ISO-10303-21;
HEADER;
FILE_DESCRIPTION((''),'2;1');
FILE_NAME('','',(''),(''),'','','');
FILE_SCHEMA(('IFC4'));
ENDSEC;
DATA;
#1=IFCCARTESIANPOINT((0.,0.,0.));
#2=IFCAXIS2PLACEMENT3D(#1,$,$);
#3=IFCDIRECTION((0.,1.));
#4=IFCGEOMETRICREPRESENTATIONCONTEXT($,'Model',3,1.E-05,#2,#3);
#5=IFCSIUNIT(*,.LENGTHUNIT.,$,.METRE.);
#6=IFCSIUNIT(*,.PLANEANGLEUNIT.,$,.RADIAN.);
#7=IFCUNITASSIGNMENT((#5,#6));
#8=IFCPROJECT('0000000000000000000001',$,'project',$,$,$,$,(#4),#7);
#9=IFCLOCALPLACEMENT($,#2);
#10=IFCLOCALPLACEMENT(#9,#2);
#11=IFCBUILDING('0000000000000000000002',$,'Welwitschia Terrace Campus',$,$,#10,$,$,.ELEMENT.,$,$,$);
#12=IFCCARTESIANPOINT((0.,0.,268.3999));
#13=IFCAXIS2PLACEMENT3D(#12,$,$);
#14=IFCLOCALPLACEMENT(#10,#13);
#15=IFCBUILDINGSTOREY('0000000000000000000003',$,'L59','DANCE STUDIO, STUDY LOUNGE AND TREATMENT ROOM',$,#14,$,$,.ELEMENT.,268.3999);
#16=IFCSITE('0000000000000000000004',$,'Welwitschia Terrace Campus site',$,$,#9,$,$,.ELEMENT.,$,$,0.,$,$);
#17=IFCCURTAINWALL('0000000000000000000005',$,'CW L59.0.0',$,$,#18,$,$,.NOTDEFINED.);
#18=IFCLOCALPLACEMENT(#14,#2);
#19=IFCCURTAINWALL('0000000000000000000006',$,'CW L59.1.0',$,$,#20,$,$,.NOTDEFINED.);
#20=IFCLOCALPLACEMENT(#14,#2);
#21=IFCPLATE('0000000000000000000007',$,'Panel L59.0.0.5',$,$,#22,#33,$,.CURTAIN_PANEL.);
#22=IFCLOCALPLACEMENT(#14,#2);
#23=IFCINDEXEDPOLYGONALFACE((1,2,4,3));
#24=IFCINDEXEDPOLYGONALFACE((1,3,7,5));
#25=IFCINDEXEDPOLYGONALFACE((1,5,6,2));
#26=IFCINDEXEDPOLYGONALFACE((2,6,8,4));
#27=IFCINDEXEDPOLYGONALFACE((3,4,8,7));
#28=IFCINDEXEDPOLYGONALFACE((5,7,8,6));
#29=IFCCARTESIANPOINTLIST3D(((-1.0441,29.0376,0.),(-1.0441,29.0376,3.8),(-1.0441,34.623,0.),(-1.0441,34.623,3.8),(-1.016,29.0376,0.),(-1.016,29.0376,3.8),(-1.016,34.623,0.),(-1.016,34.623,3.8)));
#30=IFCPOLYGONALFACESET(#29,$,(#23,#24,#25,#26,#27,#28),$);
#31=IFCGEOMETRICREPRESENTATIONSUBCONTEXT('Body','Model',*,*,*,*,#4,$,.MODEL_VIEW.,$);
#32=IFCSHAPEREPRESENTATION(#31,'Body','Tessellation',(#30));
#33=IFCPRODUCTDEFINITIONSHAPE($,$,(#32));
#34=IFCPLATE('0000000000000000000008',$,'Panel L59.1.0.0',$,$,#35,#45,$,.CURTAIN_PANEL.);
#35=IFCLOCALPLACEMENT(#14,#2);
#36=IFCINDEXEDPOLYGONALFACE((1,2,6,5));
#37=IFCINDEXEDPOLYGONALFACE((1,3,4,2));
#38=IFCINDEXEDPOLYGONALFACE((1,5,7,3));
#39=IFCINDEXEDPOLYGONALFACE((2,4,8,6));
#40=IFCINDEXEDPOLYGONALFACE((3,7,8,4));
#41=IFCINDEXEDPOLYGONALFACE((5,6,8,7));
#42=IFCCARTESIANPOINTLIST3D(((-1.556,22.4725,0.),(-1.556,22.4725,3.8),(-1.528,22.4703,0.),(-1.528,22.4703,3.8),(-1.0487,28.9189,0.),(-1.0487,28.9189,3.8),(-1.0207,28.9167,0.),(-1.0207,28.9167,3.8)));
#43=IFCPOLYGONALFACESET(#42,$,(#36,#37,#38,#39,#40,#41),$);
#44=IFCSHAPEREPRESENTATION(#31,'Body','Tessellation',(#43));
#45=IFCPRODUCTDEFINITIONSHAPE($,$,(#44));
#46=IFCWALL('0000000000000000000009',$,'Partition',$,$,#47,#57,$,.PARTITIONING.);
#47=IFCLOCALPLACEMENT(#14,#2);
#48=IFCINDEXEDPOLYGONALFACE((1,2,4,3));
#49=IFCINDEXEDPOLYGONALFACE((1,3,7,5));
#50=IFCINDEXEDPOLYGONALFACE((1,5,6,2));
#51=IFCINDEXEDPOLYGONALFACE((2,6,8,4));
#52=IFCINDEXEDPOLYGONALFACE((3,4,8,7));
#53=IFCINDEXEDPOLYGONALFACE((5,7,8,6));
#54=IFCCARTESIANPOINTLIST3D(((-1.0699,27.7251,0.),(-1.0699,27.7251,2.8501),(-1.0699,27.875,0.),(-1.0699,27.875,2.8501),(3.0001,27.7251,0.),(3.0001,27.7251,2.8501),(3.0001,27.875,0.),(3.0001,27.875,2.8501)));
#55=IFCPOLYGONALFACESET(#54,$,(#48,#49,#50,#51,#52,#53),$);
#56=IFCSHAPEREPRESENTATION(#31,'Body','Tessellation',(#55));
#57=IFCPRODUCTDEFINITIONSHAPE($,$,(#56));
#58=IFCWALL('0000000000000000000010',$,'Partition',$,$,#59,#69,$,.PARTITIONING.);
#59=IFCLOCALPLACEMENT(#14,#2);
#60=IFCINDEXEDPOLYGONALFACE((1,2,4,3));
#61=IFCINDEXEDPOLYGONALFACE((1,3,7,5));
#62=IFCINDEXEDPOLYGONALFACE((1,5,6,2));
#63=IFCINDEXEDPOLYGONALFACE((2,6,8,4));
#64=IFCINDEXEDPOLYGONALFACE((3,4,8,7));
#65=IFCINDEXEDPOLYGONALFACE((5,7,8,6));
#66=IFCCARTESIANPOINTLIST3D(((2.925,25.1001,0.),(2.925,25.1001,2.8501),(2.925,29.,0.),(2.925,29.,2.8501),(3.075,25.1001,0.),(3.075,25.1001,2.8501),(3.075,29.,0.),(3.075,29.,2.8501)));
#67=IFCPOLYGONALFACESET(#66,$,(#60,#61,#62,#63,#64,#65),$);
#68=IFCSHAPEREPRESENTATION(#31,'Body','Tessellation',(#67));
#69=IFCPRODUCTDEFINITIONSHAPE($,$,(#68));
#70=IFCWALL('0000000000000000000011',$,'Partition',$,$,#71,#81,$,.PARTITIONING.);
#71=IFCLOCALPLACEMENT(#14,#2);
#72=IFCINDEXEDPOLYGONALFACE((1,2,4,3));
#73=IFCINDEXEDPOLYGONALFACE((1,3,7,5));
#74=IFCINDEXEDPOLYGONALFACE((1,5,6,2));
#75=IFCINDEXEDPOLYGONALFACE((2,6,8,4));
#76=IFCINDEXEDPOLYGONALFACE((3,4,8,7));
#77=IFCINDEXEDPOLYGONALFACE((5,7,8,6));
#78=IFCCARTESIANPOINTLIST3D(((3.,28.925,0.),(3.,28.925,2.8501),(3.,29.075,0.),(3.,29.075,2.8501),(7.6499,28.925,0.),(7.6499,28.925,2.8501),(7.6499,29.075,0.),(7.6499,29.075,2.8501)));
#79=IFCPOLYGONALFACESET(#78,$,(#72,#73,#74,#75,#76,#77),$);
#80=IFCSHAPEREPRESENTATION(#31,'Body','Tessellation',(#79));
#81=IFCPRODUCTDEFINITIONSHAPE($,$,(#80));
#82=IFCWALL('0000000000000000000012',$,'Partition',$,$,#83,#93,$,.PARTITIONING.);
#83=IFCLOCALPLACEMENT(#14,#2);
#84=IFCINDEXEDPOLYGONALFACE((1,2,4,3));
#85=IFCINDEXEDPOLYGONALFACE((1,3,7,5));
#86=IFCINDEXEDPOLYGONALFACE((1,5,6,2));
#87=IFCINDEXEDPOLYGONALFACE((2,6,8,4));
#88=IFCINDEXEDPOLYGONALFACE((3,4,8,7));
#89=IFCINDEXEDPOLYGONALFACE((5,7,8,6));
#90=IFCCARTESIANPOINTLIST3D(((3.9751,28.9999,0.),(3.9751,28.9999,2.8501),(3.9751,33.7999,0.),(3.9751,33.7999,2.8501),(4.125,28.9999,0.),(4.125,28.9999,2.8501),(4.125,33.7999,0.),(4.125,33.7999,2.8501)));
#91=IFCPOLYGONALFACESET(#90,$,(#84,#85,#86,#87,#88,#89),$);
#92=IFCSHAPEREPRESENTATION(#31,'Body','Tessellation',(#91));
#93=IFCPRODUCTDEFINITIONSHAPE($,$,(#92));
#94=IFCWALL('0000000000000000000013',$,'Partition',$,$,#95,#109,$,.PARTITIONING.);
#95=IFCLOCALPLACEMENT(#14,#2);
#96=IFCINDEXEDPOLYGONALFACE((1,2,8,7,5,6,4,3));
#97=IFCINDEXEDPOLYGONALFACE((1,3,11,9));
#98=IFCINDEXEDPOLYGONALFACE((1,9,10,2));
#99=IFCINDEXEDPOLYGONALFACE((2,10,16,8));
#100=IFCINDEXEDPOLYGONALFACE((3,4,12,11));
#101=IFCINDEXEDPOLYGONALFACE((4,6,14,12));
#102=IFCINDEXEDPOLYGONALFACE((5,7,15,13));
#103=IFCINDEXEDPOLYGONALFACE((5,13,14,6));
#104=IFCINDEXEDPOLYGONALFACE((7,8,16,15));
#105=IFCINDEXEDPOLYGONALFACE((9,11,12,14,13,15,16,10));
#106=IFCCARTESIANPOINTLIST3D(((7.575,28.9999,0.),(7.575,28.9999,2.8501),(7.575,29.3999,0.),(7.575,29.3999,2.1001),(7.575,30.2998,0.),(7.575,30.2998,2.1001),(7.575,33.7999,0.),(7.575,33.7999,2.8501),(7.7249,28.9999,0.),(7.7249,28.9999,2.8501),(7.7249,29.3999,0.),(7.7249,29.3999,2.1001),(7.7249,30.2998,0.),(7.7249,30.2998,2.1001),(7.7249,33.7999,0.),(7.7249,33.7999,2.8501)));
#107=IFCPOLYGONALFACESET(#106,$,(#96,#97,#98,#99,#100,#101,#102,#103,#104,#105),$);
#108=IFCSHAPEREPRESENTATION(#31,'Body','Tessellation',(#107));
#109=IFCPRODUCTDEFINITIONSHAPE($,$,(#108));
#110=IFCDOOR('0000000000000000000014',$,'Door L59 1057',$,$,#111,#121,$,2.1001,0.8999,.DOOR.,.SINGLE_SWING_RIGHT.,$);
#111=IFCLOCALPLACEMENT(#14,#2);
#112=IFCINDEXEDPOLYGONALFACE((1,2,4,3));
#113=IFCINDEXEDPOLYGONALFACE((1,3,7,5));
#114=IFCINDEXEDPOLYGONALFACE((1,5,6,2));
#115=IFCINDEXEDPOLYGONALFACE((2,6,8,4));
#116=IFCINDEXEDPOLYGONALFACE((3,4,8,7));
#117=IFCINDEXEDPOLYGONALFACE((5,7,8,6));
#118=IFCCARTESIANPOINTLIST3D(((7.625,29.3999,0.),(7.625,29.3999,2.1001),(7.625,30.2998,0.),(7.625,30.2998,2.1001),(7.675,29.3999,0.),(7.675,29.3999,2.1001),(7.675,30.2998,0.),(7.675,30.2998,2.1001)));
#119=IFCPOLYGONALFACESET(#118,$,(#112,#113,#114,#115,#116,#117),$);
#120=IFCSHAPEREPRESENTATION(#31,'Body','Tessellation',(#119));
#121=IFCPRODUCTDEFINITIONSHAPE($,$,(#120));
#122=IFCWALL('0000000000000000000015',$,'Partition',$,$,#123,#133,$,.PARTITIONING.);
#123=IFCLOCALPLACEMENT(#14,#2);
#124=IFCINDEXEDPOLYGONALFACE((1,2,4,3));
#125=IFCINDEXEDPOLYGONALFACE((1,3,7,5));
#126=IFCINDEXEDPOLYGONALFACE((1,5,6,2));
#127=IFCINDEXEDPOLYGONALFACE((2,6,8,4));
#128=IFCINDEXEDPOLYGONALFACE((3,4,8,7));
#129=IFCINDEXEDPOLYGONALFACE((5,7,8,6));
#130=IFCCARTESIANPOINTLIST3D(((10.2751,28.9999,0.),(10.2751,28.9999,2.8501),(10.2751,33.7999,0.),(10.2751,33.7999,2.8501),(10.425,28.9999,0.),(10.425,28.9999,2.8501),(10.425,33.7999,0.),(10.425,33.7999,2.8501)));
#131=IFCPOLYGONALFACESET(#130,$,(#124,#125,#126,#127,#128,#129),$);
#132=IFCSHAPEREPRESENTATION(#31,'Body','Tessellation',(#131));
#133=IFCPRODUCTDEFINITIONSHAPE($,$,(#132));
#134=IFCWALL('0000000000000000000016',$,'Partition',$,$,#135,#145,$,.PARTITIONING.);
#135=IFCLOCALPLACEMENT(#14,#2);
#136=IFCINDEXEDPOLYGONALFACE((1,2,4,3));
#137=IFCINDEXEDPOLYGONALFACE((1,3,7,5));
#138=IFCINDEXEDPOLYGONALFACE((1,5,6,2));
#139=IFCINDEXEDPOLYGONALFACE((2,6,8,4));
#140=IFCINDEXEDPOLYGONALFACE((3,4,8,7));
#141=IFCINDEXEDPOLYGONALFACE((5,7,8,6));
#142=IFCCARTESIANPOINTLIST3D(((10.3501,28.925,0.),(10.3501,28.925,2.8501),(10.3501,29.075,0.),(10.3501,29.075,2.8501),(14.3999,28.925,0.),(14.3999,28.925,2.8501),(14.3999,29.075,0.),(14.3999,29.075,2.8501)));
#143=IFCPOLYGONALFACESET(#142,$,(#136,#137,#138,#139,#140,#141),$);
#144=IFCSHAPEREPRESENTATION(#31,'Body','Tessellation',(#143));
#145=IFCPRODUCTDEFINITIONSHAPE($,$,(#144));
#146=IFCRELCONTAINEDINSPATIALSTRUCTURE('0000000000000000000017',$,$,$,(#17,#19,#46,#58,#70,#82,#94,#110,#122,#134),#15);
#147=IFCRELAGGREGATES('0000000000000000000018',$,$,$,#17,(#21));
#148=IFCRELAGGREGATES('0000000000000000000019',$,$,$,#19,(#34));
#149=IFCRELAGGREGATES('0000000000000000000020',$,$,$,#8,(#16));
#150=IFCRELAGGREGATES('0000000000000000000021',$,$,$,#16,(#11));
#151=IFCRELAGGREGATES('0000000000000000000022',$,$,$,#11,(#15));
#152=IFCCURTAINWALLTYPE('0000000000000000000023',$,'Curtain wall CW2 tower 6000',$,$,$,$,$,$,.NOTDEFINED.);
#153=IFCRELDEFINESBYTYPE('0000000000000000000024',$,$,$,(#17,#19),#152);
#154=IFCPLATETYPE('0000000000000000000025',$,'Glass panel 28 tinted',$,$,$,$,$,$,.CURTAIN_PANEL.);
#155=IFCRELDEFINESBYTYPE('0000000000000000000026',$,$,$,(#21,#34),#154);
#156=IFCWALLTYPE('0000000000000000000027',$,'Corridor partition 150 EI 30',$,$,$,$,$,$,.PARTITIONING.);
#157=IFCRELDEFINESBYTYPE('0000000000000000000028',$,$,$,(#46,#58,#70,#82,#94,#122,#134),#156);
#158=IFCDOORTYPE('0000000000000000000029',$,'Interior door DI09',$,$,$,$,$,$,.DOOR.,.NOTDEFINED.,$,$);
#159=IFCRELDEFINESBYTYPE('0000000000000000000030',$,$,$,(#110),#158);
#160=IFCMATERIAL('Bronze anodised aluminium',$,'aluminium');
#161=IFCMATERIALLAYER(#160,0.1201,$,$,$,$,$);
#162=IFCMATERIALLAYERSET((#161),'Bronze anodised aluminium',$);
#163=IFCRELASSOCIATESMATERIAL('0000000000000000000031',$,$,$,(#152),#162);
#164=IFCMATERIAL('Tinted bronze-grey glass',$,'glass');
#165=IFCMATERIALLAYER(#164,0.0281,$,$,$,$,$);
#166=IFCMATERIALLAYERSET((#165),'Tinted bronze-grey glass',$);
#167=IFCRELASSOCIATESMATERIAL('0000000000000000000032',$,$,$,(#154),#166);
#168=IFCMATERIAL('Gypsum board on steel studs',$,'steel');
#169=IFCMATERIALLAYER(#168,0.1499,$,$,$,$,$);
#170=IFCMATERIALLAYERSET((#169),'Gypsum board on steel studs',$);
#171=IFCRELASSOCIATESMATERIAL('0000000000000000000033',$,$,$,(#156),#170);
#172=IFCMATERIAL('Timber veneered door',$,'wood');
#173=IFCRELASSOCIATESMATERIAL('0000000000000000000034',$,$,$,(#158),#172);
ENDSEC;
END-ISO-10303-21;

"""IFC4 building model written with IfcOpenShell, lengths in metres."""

from ifc_helpers import new_model, si_unit, direction, frame, frame_2d, origin, origin_2d, place, context, subcontext, project, spatial, rectangle, extrude, material, layer, layer_set, type_object, element, fill, aggregate, save


model = new_model("IFC4")

# Units and contexts
model_context = context("Model", 3, precision=1e-05, world=origin(), true_north=direction((0.0, 1.0)))
body_context = subcontext(model_context, "Body", "Model", "MODEL_VIEW")
ifc_project = project(units=[si_unit("LENGTHUNIT", "METRE"), si_unit("PLANEANGLEUNIT", "RADIAN")], contexts=[model_context])

# Site, building, storey
site_placement = place(None, origin())
site = spatial("IfcSite", under=ifc_project, at=site_placement, Name="Welwitschia Terrace Campus site", CompositionType="ELEMENT", RefElevation=0.0)
building_placement = place(site_placement, origin())
building = spatial("IfcBuilding", under=site, at=building_placement, Name="Welwitschia Terrace Campus", CompositionType="ELEMENT")
storey_placement = place(building_placement, frame((0.0, 0.0, 268.3999)))
storey = spatial("IfcBuildingStorey", under=building, at=storey_placement, Name="L59", Description="DANCE STUDIO, STUDY LOUNGE AND TREATMENT ROOM", CompositionType="ELEMENT", Elevation=268.3999)

# Curtain walls
ifc_material_1 = material(Name="Bronze anodised aluminium", Category="aluminium")
ifc_layer_1 = layer(ifc_material_1, 0.1201)
ifc_layer_set_1 = layer_set([ifc_layer_1], Name="Bronze anodised aluminium")
curtain_wall_type = type_object("IfcCurtainWallType", Name="Curtain wall CW2 tower 6000", PredefinedType="NOTDEFINED", material=ifc_layer_set_1)
curtain_wall_1_placement = place(storey_placement, origin())
curtain_wall_1 = element("IfcCurtainWall", 1, at=curtain_wall_1_placement, inside=storey, type_object=curtain_wall_type, Name="CW L59.0.0", PredefinedType="NOTDEFINED")
curtain_wall_2_placement = place(storey_placement, origin())
curtain_wall_2 = element("IfcCurtainWall", 2, at=curtain_wall_2_placement, inside=storey, type_object=curtain_wall_type, Name="CW L59.1.0", PredefinedType="NOTDEFINED")

# Plates
ifc_material_2 = material(Name="Tinted bronze-grey glass", Category="glass")
ifc_layer_2 = layer(ifc_material_2, 0.0281)
ifc_layer_set_2 = layer_set([ifc_layer_2], Name="Tinted bronze-grey glass")
plate_type = type_object("IfcPlateType", Name="Glass panel 28 tinted", PredefinedType="CURTAIN_PANEL", material=ifc_layer_set_2)
plate_1_placement = place(storey_placement, frame((-1.03, 31.8303, 0.0), z_axis=(0.0, 0.0, 1.0), x_axis=(0.0, -1.0, 0.0)))
plate_1 = element("IfcPlate", 3, at=plate_1_placement, type_object=plate_type, Name="Panel L59.0.0.5", PredefinedType="CURTAIN_PANEL", context=body_context, shape_type="SweptSolid", body=[
    extrude(rectangle(XDim=5.5854, YDim=0.0281, at=origin_2d()), origin(), (0.0, 0.0, 1.0), 3.8),
])
aggregate(curtain_wall_1, [plate_1])
plate_2_placement = place(storey_placement, frame((-1.2883, 25.6946, 0.0), z_axis=(0.0, 0.0, 1.0), x_axis=(-0.078459, -0.996917, 0.0)))
plate_2 = element("IfcPlate", 4, at=plate_2_placement, type_object=plate_type, Name="Panel L59.1.0.0", PredefinedType="CURTAIN_PANEL", context=body_context, shape_type="SweptSolid", body=[
    extrude(rectangle(XDim=6.4663, YDim=0.0281, at=origin_2d()), origin(), (0.0, 0.0, 1.0), 3.8),
])
aggregate(curtain_wall_2, [plate_2])

# Walls
ifc_material_3 = material(Name="Gypsum board on steel studs", Category="steel")
ifc_layer_3 = layer(ifc_material_3, 0.1499)
ifc_layer_set_3 = layer_set([ifc_layer_3], Name="Gypsum board on steel studs")
wall_type = type_object("IfcWallType", Name="Corridor partition 150 EI 30", PredefinedType="PARTITIONING", material=ifc_layer_set_3)
wall_1_placement = place(storey_placement, frame((-1.0701, 27.8, 0.0), z_axis=(0.0, 0.0, 1.0), x_axis=(1.0, 0.0, 0.0)))
element("IfcWall", 5, at=wall_1_placement, inside=storey, type_object=wall_type, Name="Partition", PredefinedType="PARTITIONING", context=body_context, shape_type="SweptSolid", body=[
    extrude(rectangle(XDim=4.0701, YDim=0.1499, at=frame_2d((2.0352, 0.0))), origin(), (0.0, 0.0, 1.0), 2.8501),
])
wall_2_placement = place(storey_placement, frame((3.0, 25.1001, 0.0), z_axis=(0.0, 0.0, 1.0), x_axis=(0.0, 1.0, 0.0)))
element("IfcWall", 6, at=wall_2_placement, inside=storey, type_object=wall_type, Name="Partition", PredefinedType="PARTITIONING", context=body_context, shape_type="SweptSolid", body=[
    extrude(rectangle(XDim=3.8999, YDim=0.1499, at=frame_2d((1.95, 0.0))), origin(), (0.0, 0.0, 1.0), 2.8501),
])
wall_3_placement = place(storey_placement, frame((3.0, 29.0, 0.0), z_axis=(0.0, 0.0, 1.0), x_axis=(1.0, 0.0, 0.0)))
element("IfcWall", 7, at=wall_3_placement, inside=storey, type_object=wall_type, Name="Partition", PredefinedType="PARTITIONING", context=body_context, shape_type="SweptSolid", body=[
    extrude(rectangle(XDim=4.6499, YDim=0.1499, at=frame_2d((2.325, 0.0))), origin(), (0.0, 0.0, 1.0), 2.8501),
])
wall_4_placement = place(storey_placement, frame((4.05, 29.0, 0.0), z_axis=(0.0, 0.0, 1.0), x_axis=(0.0, 1.0, 0.0)))
element("IfcWall", 8, at=wall_4_placement, inside=storey, type_object=wall_type, Name="Partition", PredefinedType="PARTITIONING", context=body_context, shape_type="SweptSolid", body=[
    extrude(rectangle(XDim=4.8, YDim=0.1499, at=frame_2d((2.3999, 0.0))), origin(), (0.0, 0.0, 1.0), 2.8501),
])

# Wall, opening, door
wall_5_placement = place(storey_placement, frame((7.6499, 29.0, 0.0), z_axis=(0.0, 0.0, 1.0), x_axis=(0.0, 1.0, 0.0)))
wall_5 = element("IfcWall", 9, at=wall_5_placement, inside=storey, type_object=wall_type, Name="Partition", PredefinedType="PARTITIONING", context=body_context, shape_type="SweptSolid", body=[
    extrude(rectangle(XDim=4.8, YDim=0.1499, at=frame_2d((2.3999, 0.0))), origin(), (0.0, 0.0, 1.0), 2.8501),
])
opening_placement = place(wall_5_placement, frame((0.3999, 0.0, 0.0)))
opening = element("IfcOpeningElement", 10, at=opening_placement, cuts=wall_5, PredefinedType="OPENING", context=body_context, shape_type="SweptSolid", body=[
    extrude(rectangle(XDim=0.8999, YDim=2.1001, at=frame_2d((0.45, 1.05))), frame((0.0, 0.085, 0.0), z_axis=(0.0, -1.0, 0.0), x_axis=(1.0, 0.0, 0.0)), (0.0, 0.0, 1.0), 0.1699),
])
ifc_material_4 = material(Name="Timber veneered door", Category="wood")
door_type = type_object("IfcDoorType", Name="Interior door DI09", OperationType="NOTDEFINED", PredefinedType="DOOR", material=ifc_material_4)
door_placement = place(opening_placement, origin())
door = element("IfcDoor", 11, at=door_placement, inside=storey, type_object=door_type, Name="Door L59 1057", OperationType="SINGLE_SWING_RIGHT", OverallHeight=2.1001, OverallWidth=0.8999, PredefinedType="DOOR", context=body_context, shape_type="SweptSolid", body=[
    extrude(rectangle(XDim=0.8999, YDim=2.1001, at=frame_2d((0.45, 1.05))), frame((0.0, 0.0249, 0.0), z_axis=(0.0, -1.0, 0.0), x_axis=(1.0, 0.0, 0.0)), (0.0, 0.0, 1.0), 0.05),
])
fill(opening, door)

# Walls
wall_6_placement = place(storey_placement, frame((10.3501, 29.0, 0.0), z_axis=(0.0, 0.0, 1.0), x_axis=(0.0, 1.0, 0.0)))
element("IfcWall", 12, at=wall_6_placement, inside=storey, type_object=wall_type, Name="Partition", PredefinedType="PARTITIONING", context=body_context, shape_type="SweptSolid", body=[
    extrude(rectangle(XDim=4.8, YDim=0.1499, at=frame_2d((2.3999, 0.0))), origin(), (0.0, 0.0, 1.0), 2.8501),
])
wall_7_placement = place(storey_placement, frame((10.3501, 29.0, 0.0), z_axis=(0.0, 0.0, 1.0), x_axis=(1.0, 0.0, 0.0)))
element("IfcWall", 13, at=wall_7_placement, inside=storey, type_object=wall_type, Name="Partition", PredefinedType="PARTITIONING", context=body_context, shape_type="SweptSolid", body=[
    extrude(rectangle(XDim=4.0498, YDim=0.1499, at=frame_2d((2.0249, 0.0))), origin(), (0.0, 0.0, 1.0), 2.8501),
])

save(model, "model.ifc")
